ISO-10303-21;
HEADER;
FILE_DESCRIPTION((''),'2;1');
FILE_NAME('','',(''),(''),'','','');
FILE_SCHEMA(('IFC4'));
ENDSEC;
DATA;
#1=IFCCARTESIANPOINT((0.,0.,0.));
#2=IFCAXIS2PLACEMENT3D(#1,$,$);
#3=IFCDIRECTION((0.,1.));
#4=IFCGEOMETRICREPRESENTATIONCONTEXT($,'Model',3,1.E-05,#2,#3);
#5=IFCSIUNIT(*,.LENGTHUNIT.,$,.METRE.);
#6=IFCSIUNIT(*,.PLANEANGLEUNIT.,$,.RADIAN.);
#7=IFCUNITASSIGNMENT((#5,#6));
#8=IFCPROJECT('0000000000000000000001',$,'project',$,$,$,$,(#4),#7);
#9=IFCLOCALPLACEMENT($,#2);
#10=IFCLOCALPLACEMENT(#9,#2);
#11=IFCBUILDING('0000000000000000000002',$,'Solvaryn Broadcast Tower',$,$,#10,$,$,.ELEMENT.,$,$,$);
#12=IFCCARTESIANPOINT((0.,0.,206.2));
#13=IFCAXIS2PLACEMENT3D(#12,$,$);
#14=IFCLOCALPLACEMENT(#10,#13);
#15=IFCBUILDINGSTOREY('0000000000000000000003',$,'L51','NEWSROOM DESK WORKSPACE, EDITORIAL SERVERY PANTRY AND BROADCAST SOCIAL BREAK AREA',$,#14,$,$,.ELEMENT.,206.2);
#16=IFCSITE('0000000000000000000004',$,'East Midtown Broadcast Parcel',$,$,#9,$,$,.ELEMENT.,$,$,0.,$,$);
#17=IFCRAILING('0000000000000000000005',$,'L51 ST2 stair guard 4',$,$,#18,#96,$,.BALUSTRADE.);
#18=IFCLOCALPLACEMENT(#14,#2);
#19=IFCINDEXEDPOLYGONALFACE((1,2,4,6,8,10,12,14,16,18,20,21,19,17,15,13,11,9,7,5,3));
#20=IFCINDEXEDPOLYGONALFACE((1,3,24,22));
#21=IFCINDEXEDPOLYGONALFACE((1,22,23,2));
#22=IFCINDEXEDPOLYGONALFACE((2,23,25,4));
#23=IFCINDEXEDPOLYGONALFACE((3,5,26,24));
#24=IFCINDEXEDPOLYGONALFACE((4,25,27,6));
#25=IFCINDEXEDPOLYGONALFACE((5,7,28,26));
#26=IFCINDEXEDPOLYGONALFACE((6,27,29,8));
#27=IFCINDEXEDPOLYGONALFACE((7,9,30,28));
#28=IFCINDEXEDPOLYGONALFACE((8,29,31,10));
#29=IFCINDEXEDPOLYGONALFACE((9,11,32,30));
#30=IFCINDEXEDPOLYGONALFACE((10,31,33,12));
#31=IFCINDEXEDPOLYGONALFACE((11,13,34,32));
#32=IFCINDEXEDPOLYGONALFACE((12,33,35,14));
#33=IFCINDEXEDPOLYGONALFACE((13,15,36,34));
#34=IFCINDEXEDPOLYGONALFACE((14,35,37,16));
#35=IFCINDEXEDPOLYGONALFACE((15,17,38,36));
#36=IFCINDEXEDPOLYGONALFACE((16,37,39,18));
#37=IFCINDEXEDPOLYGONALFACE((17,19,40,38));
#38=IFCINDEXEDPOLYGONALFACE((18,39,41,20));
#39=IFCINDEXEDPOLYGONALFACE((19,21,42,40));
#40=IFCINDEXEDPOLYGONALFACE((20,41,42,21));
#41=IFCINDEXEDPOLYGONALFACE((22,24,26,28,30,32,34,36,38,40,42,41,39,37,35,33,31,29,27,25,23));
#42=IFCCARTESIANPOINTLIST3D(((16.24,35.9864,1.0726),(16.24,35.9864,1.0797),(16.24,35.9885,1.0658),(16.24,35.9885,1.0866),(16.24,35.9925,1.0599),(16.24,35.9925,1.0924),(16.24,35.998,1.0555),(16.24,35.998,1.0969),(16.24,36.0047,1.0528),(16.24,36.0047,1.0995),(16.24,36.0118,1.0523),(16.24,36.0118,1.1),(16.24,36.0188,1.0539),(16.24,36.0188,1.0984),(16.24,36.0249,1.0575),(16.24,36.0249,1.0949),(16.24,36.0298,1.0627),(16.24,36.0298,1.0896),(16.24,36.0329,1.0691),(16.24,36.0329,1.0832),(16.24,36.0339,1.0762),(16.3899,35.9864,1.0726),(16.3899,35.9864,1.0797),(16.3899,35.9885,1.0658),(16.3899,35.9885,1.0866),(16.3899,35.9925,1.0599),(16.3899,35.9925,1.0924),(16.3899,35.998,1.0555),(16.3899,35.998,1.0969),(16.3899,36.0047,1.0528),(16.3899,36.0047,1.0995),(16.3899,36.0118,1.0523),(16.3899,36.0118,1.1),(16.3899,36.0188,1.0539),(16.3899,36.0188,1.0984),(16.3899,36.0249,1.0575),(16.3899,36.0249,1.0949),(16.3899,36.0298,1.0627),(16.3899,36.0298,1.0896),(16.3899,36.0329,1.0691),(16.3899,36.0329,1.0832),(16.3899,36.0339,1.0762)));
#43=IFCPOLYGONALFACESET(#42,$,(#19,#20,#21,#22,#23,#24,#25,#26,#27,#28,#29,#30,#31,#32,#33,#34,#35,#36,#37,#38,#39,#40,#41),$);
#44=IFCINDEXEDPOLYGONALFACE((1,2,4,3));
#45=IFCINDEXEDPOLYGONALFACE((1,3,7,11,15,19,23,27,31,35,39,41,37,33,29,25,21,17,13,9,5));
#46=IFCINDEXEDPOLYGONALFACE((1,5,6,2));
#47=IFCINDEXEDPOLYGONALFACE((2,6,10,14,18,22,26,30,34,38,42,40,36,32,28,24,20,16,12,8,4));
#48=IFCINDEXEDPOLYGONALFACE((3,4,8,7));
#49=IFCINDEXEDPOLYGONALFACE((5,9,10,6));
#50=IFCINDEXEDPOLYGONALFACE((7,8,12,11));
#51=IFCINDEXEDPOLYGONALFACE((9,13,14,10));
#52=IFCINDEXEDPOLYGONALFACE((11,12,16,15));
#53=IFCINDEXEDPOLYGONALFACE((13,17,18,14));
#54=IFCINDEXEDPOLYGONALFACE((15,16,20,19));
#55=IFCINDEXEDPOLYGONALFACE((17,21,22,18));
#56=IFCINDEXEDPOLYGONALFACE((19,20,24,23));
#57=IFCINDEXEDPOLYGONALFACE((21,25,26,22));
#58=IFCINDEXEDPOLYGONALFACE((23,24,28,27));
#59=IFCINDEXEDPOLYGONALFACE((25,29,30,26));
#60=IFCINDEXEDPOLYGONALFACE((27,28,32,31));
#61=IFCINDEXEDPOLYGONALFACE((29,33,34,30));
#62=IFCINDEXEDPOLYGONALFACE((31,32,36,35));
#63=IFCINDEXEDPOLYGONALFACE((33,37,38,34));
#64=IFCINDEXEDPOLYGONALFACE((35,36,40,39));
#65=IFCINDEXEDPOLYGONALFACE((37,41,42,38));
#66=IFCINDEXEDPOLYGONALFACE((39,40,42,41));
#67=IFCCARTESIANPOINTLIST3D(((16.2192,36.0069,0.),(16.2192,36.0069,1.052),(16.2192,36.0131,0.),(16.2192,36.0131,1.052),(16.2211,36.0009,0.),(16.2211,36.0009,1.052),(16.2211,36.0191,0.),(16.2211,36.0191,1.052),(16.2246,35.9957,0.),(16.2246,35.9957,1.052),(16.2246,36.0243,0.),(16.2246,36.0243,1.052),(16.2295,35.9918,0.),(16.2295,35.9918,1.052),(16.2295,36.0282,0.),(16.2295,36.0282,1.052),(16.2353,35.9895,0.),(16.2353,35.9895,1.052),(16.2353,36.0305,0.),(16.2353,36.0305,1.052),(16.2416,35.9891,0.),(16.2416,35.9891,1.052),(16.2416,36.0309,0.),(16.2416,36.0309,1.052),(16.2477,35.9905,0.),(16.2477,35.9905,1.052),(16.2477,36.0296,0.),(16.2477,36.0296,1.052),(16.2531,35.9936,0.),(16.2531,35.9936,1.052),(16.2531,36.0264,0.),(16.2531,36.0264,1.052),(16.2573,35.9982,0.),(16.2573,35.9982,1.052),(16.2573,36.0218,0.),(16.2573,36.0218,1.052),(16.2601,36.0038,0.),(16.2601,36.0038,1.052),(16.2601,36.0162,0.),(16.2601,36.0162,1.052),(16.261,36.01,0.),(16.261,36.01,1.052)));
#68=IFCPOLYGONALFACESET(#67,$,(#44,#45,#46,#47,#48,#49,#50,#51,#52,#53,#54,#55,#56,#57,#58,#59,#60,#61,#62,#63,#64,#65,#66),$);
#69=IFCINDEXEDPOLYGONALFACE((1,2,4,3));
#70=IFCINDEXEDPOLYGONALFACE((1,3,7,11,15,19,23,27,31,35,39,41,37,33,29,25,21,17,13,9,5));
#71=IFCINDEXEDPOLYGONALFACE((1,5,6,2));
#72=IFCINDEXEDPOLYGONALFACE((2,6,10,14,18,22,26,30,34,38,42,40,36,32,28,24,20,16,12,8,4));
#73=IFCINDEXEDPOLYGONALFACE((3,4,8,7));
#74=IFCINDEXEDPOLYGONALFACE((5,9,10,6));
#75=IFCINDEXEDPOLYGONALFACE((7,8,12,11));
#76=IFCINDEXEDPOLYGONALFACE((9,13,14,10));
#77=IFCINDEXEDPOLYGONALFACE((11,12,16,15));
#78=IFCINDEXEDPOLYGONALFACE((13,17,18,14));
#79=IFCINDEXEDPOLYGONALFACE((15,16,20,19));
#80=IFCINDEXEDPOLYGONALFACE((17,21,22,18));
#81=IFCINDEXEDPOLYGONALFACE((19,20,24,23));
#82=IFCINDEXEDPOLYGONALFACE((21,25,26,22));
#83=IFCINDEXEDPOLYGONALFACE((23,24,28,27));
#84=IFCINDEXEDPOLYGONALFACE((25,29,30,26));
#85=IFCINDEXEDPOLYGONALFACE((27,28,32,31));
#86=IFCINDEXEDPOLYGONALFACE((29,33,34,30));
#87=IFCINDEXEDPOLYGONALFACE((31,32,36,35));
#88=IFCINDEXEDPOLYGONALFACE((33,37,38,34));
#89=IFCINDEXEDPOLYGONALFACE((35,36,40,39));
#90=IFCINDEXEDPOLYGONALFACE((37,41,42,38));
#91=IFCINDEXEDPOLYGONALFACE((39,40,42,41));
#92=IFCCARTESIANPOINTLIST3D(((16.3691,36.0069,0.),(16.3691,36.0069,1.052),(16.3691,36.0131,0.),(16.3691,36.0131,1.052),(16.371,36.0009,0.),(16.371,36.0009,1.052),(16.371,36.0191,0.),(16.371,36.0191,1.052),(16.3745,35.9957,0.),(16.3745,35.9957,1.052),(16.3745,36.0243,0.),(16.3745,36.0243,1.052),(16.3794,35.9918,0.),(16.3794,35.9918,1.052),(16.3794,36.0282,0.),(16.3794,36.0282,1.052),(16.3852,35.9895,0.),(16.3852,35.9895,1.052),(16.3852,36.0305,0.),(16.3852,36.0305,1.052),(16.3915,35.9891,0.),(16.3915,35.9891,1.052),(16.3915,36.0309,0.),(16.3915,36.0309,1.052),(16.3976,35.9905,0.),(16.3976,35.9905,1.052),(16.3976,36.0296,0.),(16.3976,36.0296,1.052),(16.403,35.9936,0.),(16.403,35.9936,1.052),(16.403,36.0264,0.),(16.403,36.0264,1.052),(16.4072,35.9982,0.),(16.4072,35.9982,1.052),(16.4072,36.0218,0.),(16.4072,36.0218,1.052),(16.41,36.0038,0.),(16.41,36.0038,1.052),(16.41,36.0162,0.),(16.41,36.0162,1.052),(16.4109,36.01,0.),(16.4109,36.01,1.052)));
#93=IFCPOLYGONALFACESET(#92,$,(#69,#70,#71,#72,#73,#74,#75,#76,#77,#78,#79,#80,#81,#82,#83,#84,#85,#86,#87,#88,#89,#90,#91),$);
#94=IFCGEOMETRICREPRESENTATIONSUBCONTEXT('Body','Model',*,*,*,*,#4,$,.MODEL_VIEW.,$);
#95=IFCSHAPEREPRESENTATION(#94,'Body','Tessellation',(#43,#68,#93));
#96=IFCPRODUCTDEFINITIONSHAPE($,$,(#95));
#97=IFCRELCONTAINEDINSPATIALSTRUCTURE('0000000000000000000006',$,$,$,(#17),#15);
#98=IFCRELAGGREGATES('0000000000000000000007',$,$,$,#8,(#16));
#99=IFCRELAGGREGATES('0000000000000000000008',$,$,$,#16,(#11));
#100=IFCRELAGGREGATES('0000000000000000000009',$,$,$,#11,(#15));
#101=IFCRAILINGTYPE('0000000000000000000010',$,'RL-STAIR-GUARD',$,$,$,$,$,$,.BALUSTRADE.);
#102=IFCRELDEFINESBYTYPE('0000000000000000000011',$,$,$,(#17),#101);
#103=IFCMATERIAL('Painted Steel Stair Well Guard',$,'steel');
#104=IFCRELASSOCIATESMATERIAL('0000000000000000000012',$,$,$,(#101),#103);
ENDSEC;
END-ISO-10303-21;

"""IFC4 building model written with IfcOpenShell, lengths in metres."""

from ifc_helpers import new_model, si_unit, direction, frame, origin, origin_2d, place, context, subcontext, project, spatial, circle, extrude, material, type_object, element, save


model = new_model("IFC4")

# Units and contexts
model_context = context("Model", 3, precision=1e-05, world=origin(), true_north=direction((0.0, 1.0)))
body_context = subcontext(model_context, "Body", "Model", "MODEL_VIEW")
ifc_project = project(units=[si_unit("LENGTHUNIT", "METRE"), si_unit("PLANEANGLEUNIT", "RADIAN")], contexts=[model_context])

# Site, building, storey
site_placement = place(None, origin())
site = spatial("IfcSite", under=ifc_project, at=site_placement, Name="East Midtown Broadcast Parcel", CompositionType="ELEMENT", RefElevation=0.0)
building_placement = place(site_placement, origin())
building = spatial("IfcBuilding", under=site, at=building_placement, Name="Solvaryn Broadcast Tower", CompositionType="ELEMENT")
storey_placement = place(building_placement, frame((0.0, 0.0, 206.2)))
storey = spatial("IfcBuildingStorey", under=building, at=storey_placement, Name="L51", Description="NEWSROOM DESK WORKSPACE, EDITORIAL SERVERY PANTRY AND BROADCAST SOCIAL BREAK AREA", CompositionType="ELEMENT", Elevation=206.2)

# Railing
ifc_material_1 = material(Name="Painted Steel Stair Well Guard", Category="steel")
railing_type_1 = type_object("IfcRailingType", Name="RL-STAIR-GUARD", PredefinedType="BALUSTRADE", material=ifc_material_1)
railing_1_placement = place(storey_placement, frame((16.24, 36.01, 0.0)))
element("IfcRailing", 1, at=railing_1_placement, inside=storey, type_object=railing_type_1, Name="L51 ST2 stair guard 4", PredefinedType="BALUSTRADE", context=body_context, shape_type="SweptSolid", body=[
    extrude(circle(Radius=0.0239, at=origin_2d()), frame((0.0, 0.0, 1.0762), z_axis=(1.0, 0.0, 0.0), x_axis=(0.0, 1.0, 0.0)), (0.0, 0.0, 1.0), 0.1499),
    extrude(circle(Radius=0.021, at=origin_2d()), origin(), (0.0, 0.0, 1.0), 1.052),
    extrude(circle(Radius=0.021, at=origin_2d()), frame((0.1499, 0.0, 0.0)), (0.0, 0.0, 1.0), 1.052),
])

save(model, "model.ifc")
